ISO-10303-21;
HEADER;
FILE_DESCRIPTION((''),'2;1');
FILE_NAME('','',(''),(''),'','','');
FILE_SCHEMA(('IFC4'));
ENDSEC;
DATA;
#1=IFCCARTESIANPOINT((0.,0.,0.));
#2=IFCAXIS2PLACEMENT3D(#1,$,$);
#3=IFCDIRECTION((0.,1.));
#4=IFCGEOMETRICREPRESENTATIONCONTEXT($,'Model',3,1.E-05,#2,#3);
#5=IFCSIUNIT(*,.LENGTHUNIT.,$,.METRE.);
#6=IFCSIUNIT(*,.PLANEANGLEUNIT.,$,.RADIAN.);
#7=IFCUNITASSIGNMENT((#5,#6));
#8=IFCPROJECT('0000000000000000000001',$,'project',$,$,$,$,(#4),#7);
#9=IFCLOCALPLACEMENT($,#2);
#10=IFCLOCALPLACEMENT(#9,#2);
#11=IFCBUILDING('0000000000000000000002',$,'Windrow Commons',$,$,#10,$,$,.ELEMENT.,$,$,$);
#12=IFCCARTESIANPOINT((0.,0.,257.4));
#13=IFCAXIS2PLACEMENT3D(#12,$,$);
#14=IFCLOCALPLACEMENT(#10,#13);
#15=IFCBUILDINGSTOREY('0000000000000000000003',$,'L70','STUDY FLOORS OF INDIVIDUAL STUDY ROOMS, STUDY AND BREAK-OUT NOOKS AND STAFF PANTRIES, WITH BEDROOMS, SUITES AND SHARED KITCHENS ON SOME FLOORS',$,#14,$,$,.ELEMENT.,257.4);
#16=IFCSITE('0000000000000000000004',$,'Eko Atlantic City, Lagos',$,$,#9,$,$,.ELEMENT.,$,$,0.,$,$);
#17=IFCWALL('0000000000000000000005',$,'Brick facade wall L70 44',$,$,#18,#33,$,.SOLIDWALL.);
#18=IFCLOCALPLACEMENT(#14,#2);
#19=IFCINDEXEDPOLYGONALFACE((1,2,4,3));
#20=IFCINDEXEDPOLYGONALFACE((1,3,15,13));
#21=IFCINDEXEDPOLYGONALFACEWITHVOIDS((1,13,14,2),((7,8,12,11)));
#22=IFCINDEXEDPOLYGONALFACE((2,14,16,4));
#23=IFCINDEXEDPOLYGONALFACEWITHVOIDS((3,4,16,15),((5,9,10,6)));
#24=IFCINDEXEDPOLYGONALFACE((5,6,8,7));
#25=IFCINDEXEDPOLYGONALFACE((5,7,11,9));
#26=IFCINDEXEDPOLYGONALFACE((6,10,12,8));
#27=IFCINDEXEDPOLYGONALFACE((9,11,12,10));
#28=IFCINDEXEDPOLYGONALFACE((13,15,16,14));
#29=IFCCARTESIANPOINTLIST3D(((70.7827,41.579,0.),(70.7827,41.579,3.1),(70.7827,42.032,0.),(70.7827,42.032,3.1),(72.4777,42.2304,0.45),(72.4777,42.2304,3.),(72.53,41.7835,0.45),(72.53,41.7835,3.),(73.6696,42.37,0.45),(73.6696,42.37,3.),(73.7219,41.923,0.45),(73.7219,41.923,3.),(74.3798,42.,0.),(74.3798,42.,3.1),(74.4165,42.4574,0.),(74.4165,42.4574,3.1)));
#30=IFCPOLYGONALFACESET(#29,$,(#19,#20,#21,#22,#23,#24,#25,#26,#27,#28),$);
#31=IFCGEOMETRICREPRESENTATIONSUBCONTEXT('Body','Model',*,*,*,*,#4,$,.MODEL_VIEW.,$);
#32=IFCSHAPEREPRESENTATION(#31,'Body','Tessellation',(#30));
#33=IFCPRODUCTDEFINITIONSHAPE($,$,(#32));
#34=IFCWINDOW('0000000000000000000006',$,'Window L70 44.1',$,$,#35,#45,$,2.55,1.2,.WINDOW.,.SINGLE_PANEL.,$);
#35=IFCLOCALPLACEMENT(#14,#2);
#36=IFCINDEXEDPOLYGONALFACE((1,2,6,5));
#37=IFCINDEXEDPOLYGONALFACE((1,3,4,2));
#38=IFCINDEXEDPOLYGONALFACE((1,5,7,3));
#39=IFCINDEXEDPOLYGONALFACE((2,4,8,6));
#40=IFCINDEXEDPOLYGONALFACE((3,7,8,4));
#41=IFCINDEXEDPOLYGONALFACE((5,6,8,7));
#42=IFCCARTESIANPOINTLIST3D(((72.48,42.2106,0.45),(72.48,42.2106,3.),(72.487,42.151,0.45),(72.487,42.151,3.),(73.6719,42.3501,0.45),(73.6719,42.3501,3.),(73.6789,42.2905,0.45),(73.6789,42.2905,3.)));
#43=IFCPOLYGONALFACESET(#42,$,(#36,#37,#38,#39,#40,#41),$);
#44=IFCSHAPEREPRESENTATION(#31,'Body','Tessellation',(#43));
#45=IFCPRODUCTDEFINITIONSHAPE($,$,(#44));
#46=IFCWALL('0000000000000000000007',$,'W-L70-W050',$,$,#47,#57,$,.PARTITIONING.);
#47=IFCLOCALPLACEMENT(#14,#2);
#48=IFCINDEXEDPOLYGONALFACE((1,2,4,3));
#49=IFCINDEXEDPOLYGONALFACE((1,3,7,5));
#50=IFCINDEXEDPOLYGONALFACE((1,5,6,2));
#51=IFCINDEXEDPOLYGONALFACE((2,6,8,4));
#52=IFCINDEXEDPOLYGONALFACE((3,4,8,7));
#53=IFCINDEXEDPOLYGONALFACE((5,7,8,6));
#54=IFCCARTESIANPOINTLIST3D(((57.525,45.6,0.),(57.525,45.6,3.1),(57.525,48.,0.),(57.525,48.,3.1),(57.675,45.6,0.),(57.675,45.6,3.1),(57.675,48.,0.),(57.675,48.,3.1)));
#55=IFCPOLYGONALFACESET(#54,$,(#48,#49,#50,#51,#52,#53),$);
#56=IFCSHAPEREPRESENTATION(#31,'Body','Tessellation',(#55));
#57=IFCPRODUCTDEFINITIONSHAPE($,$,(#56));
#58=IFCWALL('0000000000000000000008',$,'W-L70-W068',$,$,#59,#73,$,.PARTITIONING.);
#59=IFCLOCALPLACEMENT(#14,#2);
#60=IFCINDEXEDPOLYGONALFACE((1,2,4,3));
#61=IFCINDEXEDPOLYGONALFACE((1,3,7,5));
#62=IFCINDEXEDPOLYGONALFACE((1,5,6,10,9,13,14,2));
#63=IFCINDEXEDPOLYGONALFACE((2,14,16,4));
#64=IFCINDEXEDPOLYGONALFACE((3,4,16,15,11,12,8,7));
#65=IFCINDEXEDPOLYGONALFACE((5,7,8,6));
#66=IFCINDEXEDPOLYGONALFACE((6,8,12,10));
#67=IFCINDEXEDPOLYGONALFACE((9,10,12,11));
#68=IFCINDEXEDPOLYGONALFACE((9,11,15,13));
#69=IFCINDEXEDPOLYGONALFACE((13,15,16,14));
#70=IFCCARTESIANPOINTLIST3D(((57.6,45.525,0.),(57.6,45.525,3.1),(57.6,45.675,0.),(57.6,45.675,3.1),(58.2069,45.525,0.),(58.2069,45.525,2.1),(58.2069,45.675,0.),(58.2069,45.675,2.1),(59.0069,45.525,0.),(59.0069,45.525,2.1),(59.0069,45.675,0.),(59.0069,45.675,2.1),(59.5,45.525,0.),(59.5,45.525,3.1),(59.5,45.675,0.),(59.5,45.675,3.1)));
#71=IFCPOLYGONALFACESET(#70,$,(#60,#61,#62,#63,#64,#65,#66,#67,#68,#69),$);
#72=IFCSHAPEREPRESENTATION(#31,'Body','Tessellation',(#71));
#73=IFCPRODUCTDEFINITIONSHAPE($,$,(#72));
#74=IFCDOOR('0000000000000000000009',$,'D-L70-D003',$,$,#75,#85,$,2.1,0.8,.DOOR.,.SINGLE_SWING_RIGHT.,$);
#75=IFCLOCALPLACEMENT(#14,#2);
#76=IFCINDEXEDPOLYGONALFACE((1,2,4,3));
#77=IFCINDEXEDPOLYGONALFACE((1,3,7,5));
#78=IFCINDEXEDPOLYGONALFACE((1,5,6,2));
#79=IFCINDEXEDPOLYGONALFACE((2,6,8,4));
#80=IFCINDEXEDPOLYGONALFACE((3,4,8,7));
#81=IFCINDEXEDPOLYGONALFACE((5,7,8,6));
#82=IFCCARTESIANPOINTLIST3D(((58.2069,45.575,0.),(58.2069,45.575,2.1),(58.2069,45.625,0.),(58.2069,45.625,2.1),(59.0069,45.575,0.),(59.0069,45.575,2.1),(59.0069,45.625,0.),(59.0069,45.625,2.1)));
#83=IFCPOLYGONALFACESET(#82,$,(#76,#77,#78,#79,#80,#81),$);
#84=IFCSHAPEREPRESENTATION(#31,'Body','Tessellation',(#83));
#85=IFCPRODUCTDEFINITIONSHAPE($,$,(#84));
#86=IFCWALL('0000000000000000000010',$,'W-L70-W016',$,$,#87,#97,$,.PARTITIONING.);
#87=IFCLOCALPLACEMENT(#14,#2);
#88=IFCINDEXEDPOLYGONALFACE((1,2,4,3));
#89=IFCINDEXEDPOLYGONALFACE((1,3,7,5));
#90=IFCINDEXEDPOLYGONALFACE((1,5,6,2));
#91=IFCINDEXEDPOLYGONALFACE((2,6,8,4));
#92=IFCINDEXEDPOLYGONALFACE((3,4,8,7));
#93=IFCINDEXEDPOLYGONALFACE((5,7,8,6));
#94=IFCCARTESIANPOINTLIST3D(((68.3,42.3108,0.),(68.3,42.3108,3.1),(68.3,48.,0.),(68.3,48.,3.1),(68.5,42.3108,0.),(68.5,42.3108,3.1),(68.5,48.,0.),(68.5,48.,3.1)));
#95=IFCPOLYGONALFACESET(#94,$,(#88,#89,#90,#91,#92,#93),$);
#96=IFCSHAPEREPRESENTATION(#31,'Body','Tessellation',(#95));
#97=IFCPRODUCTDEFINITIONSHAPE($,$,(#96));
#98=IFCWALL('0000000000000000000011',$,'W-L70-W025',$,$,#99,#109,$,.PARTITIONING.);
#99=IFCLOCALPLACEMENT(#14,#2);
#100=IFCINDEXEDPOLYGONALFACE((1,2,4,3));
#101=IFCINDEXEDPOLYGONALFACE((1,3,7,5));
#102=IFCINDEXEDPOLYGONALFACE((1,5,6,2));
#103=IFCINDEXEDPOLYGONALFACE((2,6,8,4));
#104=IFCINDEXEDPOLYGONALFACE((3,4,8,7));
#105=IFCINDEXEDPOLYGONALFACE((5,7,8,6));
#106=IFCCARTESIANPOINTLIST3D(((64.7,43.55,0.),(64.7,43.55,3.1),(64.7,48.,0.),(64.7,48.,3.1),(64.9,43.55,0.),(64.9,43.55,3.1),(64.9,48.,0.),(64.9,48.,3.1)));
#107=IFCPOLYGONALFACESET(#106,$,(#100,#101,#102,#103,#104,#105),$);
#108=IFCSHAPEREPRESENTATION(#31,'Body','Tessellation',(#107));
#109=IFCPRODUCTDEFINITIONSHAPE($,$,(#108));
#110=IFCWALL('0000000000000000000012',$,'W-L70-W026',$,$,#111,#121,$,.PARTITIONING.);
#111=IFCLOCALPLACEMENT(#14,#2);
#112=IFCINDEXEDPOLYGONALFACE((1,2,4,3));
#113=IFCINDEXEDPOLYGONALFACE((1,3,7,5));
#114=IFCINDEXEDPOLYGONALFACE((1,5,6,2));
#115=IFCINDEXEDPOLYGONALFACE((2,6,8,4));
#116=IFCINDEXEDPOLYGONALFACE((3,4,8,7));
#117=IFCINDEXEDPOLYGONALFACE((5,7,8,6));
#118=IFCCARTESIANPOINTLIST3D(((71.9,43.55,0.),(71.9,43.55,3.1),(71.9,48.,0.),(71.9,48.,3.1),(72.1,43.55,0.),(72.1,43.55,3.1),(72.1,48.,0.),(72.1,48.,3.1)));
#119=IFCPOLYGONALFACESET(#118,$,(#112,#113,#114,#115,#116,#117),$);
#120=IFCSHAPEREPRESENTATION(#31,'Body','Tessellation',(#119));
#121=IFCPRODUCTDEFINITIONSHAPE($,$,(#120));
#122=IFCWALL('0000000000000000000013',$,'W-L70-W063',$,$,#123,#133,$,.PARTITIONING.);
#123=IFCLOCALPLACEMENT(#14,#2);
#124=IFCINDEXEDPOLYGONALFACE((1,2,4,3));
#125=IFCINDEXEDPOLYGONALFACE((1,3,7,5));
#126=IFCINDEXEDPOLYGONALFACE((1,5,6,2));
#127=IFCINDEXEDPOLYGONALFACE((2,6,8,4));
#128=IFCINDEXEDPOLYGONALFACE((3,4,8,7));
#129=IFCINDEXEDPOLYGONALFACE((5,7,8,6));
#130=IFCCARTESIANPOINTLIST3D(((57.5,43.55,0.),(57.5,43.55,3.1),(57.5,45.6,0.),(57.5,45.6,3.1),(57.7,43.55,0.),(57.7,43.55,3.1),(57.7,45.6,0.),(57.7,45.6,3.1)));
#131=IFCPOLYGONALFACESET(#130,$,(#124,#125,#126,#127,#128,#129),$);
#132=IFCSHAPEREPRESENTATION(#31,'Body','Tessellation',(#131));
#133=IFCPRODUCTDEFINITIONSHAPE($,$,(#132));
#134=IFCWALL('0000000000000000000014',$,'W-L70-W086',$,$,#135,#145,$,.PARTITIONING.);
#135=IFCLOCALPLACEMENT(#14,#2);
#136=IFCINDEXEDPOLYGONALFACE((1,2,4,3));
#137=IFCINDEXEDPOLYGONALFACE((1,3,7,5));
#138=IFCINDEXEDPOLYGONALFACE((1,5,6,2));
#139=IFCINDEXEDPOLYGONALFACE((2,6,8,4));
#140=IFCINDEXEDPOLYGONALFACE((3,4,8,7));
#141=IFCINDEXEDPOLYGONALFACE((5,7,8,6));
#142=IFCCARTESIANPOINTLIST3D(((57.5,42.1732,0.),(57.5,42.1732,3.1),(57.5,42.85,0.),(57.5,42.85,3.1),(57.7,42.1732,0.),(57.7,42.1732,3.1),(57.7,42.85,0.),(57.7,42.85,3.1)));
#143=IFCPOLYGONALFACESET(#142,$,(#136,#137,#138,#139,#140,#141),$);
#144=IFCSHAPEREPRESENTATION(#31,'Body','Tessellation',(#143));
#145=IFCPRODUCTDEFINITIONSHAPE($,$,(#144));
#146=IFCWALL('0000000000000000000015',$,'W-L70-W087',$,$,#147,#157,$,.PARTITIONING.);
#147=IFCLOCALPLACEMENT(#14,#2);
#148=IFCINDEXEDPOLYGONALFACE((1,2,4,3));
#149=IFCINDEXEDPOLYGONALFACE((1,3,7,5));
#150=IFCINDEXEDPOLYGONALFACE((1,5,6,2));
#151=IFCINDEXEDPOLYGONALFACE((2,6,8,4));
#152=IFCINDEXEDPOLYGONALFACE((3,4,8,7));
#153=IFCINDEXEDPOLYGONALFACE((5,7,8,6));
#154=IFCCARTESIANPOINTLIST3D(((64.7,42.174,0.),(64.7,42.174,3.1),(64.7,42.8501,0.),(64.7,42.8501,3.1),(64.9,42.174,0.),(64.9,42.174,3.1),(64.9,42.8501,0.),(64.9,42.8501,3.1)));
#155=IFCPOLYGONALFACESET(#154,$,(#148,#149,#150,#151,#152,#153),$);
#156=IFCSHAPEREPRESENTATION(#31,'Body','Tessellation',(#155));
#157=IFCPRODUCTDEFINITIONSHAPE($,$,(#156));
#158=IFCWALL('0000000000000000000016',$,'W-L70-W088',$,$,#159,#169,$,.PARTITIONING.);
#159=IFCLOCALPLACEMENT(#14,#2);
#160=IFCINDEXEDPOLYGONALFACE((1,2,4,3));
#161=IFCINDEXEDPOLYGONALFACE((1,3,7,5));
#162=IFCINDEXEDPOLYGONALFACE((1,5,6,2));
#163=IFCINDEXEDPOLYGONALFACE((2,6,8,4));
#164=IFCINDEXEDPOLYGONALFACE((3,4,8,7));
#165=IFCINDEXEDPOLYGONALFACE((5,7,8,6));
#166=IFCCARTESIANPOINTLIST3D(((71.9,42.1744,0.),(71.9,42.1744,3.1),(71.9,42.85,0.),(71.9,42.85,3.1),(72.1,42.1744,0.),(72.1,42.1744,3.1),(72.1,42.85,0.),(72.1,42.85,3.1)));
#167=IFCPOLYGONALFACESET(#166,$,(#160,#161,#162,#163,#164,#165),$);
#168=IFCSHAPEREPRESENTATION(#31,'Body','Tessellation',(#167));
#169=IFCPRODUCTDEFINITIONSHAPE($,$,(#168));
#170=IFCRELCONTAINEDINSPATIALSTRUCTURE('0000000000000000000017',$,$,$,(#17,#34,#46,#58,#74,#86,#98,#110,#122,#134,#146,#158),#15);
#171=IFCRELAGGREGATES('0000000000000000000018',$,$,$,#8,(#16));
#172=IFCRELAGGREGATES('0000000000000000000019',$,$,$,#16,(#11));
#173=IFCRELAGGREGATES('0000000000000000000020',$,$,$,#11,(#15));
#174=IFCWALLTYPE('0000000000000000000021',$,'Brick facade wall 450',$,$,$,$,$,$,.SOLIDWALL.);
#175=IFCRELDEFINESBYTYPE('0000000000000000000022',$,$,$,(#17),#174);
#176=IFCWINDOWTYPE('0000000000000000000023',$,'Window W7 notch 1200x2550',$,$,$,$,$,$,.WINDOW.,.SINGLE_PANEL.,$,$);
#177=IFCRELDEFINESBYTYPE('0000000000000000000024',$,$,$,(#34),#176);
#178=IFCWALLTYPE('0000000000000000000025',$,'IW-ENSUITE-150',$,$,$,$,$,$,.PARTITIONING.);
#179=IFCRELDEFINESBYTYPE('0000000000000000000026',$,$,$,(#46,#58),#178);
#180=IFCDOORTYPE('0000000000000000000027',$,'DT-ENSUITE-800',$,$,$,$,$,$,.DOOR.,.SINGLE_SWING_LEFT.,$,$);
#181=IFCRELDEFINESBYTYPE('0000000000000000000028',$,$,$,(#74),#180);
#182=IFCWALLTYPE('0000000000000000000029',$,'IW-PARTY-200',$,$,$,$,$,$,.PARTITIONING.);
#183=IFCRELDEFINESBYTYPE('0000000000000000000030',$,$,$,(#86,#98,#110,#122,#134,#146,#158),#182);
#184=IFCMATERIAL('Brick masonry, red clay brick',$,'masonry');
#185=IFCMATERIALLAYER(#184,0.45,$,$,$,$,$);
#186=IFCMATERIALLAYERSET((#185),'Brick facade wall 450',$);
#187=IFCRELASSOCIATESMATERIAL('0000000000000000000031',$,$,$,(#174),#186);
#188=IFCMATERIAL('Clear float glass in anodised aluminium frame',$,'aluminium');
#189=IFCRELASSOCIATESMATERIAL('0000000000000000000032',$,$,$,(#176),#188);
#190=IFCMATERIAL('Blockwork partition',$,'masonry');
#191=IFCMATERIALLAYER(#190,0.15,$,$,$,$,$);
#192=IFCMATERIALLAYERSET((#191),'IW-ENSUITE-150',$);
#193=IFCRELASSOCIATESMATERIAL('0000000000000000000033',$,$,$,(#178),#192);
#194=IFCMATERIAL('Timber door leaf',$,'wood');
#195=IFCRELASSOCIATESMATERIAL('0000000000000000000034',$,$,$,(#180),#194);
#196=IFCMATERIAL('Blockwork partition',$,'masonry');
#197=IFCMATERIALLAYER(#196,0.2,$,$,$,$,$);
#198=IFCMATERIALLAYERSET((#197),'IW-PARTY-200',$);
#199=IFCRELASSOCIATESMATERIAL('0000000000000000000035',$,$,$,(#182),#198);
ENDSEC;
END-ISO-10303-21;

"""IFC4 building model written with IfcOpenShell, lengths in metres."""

from ifc_helpers import new_model, si_unit, direction, frame, frame_2d, origin, place, context, subcontext, project, spatial, polyline, rectangle, outline, extrude, material, layer, layer_set, type_object, element, fill, save


model = new_model("IFC4")

# Units and contexts
model_context = context("Model", 3, precision=1e-05, world=origin(), true_north=direction((0.0, 1.0)))
body_context = subcontext(model_context, "Body", "Model", "MODEL_VIEW")
ifc_project = project(units=[si_unit("LENGTHUNIT", "METRE"), si_unit("PLANEANGLEUNIT", "RADIAN")], contexts=[model_context])

# Site, building, storey
site_placement = place(None, origin())
site = spatial("IfcSite", under=ifc_project, at=site_placement, Name="Eko Atlantic City, Lagos", CompositionType="ELEMENT", RefElevation=0.0)
building_placement = place(site_placement, origin())
building = spatial("IfcBuilding", under=site, at=building_placement, Name="Windrow Commons", CompositionType="ELEMENT")
storey_placement = place(building_placement, frame((0.0, 0.0, 257.4)))
storey = spatial("IfcBuildingStorey", under=building, at=storey_placement, Name="L70", Description="STUDY FLOORS OF INDIVIDUAL STUDY ROOMS, STUDY AND BREAK-OUT NOOKS AND STAFF PANTRIES, WITH BEDROOMS, SUITES AND SHARED KITCHENS ON SOME FLOORS", CompositionType="ELEMENT", Elevation=257.4)

# Wall, opening, window
ifc_material_1 = material(Name="Brick masonry, red clay brick", Category="masonry")
ifc_layer_1 = layer(ifc_material_1, 0.45)
ifc_layer_set_1 = layer_set([ifc_layer_1], Name="Brick facade wall 450")
wall_type_1 = type_object("IfcWallType", Name="Brick facade wall 450", PredefinedType="SOLIDWALL", material=ifc_layer_set_1)
ifc_material_2 = material(Name="Clear float glass in anodised aluminium frame", Category="aluminium")
window_type = type_object("IfcWindowType", Name="Window W7 notch 1200x2550", PartitioningType="SINGLE_PANEL", PredefinedType="WINDOW", material=ifc_material_2)
wall_1_placement = place(storey_placement, frame((70.7827, 41.8055, 0.0), z_axis=(0.0, 0.0, 1.0), x_axis=(0.993219, 0.116261, 0.0)))
wall_1 = element("IfcWall", 1, at=wall_1_placement, inside=storey, type_object=wall_type_1, Name="Brick facade wall L70 44", PredefinedType="SOLIDWALL", context=body_context, shape_type="SweptSolid", body=[
    extrude(outline(polyline([(-0.0263, -0.225), (3.5953, -0.225), (3.6849, 0.225), (0.0263, 0.225), (-0.0263, -0.225)])), origin(), (0.0, 0.0, 1.0), 3.1),
])
opening_1_placement = place(wall_1_placement, frame((1.7329, 0.0, 0.45)))
opening_1 = element("IfcOpeningElement", 2, at=opening_1_placement, cuts=wall_1, PredefinedType="OPENING", context=body_context, shape_type="SweptSolid", body=[
    extrude(rectangle(XDim=1.2, YDim=2.55, at=frame_2d((0.6, 1.275))), frame((0.0, 0.235, 0.0), z_axis=(0.0, -1.0, 0.0), x_axis=(1.0, 0.0, 0.0)), (0.0, 0.0, 1.0), 0.47),
])
window_1_placement = place(opening_1_placement, origin())
window_1 = element("IfcWindow", 3, at=window_1_placement, inside=storey, type_object=window_type, Name="Window L70 44.1", OverallHeight=2.55, OverallWidth=1.2, PartitioningType="SINGLE_PANEL", PredefinedType="WINDOW", context=body_context, shape_type="SweptSolid", body=[
    extrude(rectangle(XDim=1.2, YDim=2.55, at=frame_2d((0.6, 1.275))), frame((0.0, 0.205, 0.0), z_axis=(0.0, -1.0, 0.0), x_axis=(1.0, 0.0, 0.0)), (0.0, 0.0, 1.0), 0.06),
])
fill(opening_1, window_1)

# Wall
ifc_material_3 = material(Name="Blockwork partition", Category="masonry")
ifc_layer_2 = layer(ifc_material_3, 0.15)
ifc_layer_set_2 = layer_set([ifc_layer_2], Name="IW-ENSUITE-150")
wall_type_2 = type_object("IfcWallType", Name="IW-ENSUITE-150", PredefinedType="PARTITIONING", material=ifc_layer_set_2)
wall_2_placement = place(storey_placement, frame((57.6, 45.6, 0.0), z_axis=(0.0, 0.0, 1.0), x_axis=(0.0, 1.0, 0.0)))
element("IfcWall", 4, at=wall_2_placement, inside=storey, type_object=wall_type_2, Name="W-L70-W050", PredefinedType="PARTITIONING", context=body_context, shape_type="SweptSolid", body=[
    extrude(rectangle(XDim=2.4, YDim=0.15, at=frame_2d((1.2, 0.0))), origin(), (0.0, 0.0, 1.0), 3.1),
])

# Wall, opening, door
wall_3_placement = place(storey_placement, frame((57.6, 45.6, 0.0), z_axis=(0.0, 0.0, 1.0), x_axis=(1.0, 0.0, 0.0)))
wall_3 = element("IfcWall", 5, at=wall_3_placement, inside=storey, type_object=wall_type_2, Name="W-L70-W068", PredefinedType="PARTITIONING", context=body_context, shape_type="SweptSolid", body=[
    extrude(rectangle(XDim=1.9, YDim=0.15, at=frame_2d((0.95, 0.0))), origin(), (0.0, 0.0, 1.0), 3.1),
])
opening_2_placement = place(wall_3_placement, frame((0.6069, 0.0, 0.0)))
opening_2 = element("IfcOpeningElement", 6, at=opening_2_placement, cuts=wall_3, PredefinedType="OPENING", context=body_context, shape_type="SweptSolid", body=[
    extrude(rectangle(XDim=0.8, YDim=2.1, at=frame_2d((0.4, 1.05))), frame((0.0, 0.085, 0.0), z_axis=(0.0, -1.0, 0.0), x_axis=(1.0, 0.0, 0.0)), (0.0, 0.0, 1.0), 0.17),
])
ifc_material_4 = material(Name="Timber door leaf", Category="wood")
door_type = type_object("IfcDoorType", Name="DT-ENSUITE-800", OperationType="SINGLE_SWING_LEFT", PredefinedType="DOOR", material=ifc_material_4)
door_placement = place(opening_2_placement, origin())
door = element("IfcDoor", 7, at=door_placement, inside=storey, type_object=door_type, Name="D-L70-D003", OperationType="SINGLE_SWING_RIGHT", OverallHeight=2.1, OverallWidth=0.8, PredefinedType="DOOR", context=body_context, shape_type="SweptSolid", body=[
    extrude(rectangle(XDim=0.8, YDim=2.1, at=frame_2d((0.4, 1.05))), frame((0.0, 0.025, 0.0), z_axis=(0.0, -1.0, 0.0), x_axis=(1.0, 0.0, 0.0)), (0.0, 0.0, 1.0), 0.05),
])
fill(opening_2, door)

# Walls
ifc_material_5 = material(Name="Blockwork partition", Category="masonry")
ifc_layer_3 = layer(ifc_material_5, 0.2)
ifc_layer_set_3 = layer_set([ifc_layer_3], Name="IW-PARTY-200")
wall_type_3 = type_object("IfcWallType", Name="IW-PARTY-200", PredefinedType="PARTITIONING", material=ifc_layer_set_3)
wall_4_placement = place(storey_placement, frame((68.4, 42.3109, 0.0), z_axis=(0.0, 0.0, 1.0), x_axis=(0.0, 1.0, 0.0)))
element("IfcWall", 8, at=wall_4_placement, inside=storey, type_object=wall_type_3, Name="W-L70-W016", PredefinedType="PARTITIONING", context=body_context, shape_type="SweptSolid", body=[
    extrude(rectangle(XDim=5.6891, YDim=0.2, at=frame_2d((2.8445, 0.0))), origin(), (0.0, 0.0, 1.0), 3.1),
])
for number, where, z_axis, x_axis, name in (
    (9, (64.8, 43.55, 0.0), (0.0, 0.0, 1.0), (0.0, 1.0, 0.0), "W-L70-W025"),
    (10, (72.0, 43.55, 0.0), (0.0, 0.0, 1.0), (0.0, 1.0, 0.0), "W-L70-W026"),
):
    element("IfcWall", number, at=place(storey_placement, frame(where, z_axis=z_axis, x_axis=x_axis)), inside=storey, type_object=wall_type_3, Name=name, PredefinedType="PARTITIONING", context=body_context, shape_type="SweptSolid", body=[
        extrude(rectangle(XDim=4.45, YDim=0.2, at=frame_2d((2.225, 0.0))), origin(), (0.0, 0.0, 1.0), 3.1),
    ])
wall_5_placement = place(storey_placement, frame((57.6, 43.55, 0.0), z_axis=(0.0, 0.0, 1.0), x_axis=(0.0, 1.0, 0.0)))
element("IfcWall", 11, at=wall_5_placement, inside=storey, type_object=wall_type_3, Name="W-L70-W063", PredefinedType="PARTITIONING", context=body_context, shape_type="SweptSolid", body=[
    extrude(rectangle(XDim=2.05, YDim=0.2, at=frame_2d((1.025, 0.0))), origin(), (0.0, 0.0, 1.0), 3.1),
])
wall_6_placement = place(storey_placement, frame((57.6, 42.1732, 0.0), z_axis=(0.0, 0.0, 1.0), x_axis=(0.0, 1.0, 0.0)))
element("IfcWall", 12, at=wall_6_placement, inside=storey, type_object=wall_type_3, Name="W-L70-W086", PredefinedType="PARTITIONING", context=body_context, shape_type="SweptSolid", body=[
    extrude(rectangle(XDim=0.6768, YDim=0.2, at=frame_2d((0.3384, 0.0))), origin(), (0.0, 0.0, 1.0), 3.1),
])
wall_7_placement = place(storey_placement, frame((64.8, 42.1739, 0.0), z_axis=(0.0, 0.0, 1.0), x_axis=(0.0, 1.0, 0.0)))
element("IfcWall", 13, at=wall_7_placement, inside=storey, type_object=wall_type_3, Name="W-L70-W087", PredefinedType="PARTITIONING", context=body_context, shape_type="SweptSolid", body=[
    extrude(rectangle(XDim=0.6761, YDim=0.2, at=frame_2d((0.3381, 0.0))), origin(), (0.0, 0.0, 1.0), 3.1),
])
wall_8_placement = place(storey_placement, frame((72.0, 42.1745, 0.0), z_axis=(0.0, 0.0, 1.0), x_axis=(0.0, 1.0, 0.0)))
element("IfcWall", 14, at=wall_8_placement, inside=storey, type_object=wall_type_3, Name="W-L70-W088", PredefinedType="PARTITIONING", context=body_context, shape_type="SweptSolid", body=[
    extrude(rectangle(XDim=0.6755, YDim=0.2, at=frame_2d((0.3377, 0.0))), origin(), (0.0, 0.0, 1.0), 3.1),
])

save(model, "model.ifc")
